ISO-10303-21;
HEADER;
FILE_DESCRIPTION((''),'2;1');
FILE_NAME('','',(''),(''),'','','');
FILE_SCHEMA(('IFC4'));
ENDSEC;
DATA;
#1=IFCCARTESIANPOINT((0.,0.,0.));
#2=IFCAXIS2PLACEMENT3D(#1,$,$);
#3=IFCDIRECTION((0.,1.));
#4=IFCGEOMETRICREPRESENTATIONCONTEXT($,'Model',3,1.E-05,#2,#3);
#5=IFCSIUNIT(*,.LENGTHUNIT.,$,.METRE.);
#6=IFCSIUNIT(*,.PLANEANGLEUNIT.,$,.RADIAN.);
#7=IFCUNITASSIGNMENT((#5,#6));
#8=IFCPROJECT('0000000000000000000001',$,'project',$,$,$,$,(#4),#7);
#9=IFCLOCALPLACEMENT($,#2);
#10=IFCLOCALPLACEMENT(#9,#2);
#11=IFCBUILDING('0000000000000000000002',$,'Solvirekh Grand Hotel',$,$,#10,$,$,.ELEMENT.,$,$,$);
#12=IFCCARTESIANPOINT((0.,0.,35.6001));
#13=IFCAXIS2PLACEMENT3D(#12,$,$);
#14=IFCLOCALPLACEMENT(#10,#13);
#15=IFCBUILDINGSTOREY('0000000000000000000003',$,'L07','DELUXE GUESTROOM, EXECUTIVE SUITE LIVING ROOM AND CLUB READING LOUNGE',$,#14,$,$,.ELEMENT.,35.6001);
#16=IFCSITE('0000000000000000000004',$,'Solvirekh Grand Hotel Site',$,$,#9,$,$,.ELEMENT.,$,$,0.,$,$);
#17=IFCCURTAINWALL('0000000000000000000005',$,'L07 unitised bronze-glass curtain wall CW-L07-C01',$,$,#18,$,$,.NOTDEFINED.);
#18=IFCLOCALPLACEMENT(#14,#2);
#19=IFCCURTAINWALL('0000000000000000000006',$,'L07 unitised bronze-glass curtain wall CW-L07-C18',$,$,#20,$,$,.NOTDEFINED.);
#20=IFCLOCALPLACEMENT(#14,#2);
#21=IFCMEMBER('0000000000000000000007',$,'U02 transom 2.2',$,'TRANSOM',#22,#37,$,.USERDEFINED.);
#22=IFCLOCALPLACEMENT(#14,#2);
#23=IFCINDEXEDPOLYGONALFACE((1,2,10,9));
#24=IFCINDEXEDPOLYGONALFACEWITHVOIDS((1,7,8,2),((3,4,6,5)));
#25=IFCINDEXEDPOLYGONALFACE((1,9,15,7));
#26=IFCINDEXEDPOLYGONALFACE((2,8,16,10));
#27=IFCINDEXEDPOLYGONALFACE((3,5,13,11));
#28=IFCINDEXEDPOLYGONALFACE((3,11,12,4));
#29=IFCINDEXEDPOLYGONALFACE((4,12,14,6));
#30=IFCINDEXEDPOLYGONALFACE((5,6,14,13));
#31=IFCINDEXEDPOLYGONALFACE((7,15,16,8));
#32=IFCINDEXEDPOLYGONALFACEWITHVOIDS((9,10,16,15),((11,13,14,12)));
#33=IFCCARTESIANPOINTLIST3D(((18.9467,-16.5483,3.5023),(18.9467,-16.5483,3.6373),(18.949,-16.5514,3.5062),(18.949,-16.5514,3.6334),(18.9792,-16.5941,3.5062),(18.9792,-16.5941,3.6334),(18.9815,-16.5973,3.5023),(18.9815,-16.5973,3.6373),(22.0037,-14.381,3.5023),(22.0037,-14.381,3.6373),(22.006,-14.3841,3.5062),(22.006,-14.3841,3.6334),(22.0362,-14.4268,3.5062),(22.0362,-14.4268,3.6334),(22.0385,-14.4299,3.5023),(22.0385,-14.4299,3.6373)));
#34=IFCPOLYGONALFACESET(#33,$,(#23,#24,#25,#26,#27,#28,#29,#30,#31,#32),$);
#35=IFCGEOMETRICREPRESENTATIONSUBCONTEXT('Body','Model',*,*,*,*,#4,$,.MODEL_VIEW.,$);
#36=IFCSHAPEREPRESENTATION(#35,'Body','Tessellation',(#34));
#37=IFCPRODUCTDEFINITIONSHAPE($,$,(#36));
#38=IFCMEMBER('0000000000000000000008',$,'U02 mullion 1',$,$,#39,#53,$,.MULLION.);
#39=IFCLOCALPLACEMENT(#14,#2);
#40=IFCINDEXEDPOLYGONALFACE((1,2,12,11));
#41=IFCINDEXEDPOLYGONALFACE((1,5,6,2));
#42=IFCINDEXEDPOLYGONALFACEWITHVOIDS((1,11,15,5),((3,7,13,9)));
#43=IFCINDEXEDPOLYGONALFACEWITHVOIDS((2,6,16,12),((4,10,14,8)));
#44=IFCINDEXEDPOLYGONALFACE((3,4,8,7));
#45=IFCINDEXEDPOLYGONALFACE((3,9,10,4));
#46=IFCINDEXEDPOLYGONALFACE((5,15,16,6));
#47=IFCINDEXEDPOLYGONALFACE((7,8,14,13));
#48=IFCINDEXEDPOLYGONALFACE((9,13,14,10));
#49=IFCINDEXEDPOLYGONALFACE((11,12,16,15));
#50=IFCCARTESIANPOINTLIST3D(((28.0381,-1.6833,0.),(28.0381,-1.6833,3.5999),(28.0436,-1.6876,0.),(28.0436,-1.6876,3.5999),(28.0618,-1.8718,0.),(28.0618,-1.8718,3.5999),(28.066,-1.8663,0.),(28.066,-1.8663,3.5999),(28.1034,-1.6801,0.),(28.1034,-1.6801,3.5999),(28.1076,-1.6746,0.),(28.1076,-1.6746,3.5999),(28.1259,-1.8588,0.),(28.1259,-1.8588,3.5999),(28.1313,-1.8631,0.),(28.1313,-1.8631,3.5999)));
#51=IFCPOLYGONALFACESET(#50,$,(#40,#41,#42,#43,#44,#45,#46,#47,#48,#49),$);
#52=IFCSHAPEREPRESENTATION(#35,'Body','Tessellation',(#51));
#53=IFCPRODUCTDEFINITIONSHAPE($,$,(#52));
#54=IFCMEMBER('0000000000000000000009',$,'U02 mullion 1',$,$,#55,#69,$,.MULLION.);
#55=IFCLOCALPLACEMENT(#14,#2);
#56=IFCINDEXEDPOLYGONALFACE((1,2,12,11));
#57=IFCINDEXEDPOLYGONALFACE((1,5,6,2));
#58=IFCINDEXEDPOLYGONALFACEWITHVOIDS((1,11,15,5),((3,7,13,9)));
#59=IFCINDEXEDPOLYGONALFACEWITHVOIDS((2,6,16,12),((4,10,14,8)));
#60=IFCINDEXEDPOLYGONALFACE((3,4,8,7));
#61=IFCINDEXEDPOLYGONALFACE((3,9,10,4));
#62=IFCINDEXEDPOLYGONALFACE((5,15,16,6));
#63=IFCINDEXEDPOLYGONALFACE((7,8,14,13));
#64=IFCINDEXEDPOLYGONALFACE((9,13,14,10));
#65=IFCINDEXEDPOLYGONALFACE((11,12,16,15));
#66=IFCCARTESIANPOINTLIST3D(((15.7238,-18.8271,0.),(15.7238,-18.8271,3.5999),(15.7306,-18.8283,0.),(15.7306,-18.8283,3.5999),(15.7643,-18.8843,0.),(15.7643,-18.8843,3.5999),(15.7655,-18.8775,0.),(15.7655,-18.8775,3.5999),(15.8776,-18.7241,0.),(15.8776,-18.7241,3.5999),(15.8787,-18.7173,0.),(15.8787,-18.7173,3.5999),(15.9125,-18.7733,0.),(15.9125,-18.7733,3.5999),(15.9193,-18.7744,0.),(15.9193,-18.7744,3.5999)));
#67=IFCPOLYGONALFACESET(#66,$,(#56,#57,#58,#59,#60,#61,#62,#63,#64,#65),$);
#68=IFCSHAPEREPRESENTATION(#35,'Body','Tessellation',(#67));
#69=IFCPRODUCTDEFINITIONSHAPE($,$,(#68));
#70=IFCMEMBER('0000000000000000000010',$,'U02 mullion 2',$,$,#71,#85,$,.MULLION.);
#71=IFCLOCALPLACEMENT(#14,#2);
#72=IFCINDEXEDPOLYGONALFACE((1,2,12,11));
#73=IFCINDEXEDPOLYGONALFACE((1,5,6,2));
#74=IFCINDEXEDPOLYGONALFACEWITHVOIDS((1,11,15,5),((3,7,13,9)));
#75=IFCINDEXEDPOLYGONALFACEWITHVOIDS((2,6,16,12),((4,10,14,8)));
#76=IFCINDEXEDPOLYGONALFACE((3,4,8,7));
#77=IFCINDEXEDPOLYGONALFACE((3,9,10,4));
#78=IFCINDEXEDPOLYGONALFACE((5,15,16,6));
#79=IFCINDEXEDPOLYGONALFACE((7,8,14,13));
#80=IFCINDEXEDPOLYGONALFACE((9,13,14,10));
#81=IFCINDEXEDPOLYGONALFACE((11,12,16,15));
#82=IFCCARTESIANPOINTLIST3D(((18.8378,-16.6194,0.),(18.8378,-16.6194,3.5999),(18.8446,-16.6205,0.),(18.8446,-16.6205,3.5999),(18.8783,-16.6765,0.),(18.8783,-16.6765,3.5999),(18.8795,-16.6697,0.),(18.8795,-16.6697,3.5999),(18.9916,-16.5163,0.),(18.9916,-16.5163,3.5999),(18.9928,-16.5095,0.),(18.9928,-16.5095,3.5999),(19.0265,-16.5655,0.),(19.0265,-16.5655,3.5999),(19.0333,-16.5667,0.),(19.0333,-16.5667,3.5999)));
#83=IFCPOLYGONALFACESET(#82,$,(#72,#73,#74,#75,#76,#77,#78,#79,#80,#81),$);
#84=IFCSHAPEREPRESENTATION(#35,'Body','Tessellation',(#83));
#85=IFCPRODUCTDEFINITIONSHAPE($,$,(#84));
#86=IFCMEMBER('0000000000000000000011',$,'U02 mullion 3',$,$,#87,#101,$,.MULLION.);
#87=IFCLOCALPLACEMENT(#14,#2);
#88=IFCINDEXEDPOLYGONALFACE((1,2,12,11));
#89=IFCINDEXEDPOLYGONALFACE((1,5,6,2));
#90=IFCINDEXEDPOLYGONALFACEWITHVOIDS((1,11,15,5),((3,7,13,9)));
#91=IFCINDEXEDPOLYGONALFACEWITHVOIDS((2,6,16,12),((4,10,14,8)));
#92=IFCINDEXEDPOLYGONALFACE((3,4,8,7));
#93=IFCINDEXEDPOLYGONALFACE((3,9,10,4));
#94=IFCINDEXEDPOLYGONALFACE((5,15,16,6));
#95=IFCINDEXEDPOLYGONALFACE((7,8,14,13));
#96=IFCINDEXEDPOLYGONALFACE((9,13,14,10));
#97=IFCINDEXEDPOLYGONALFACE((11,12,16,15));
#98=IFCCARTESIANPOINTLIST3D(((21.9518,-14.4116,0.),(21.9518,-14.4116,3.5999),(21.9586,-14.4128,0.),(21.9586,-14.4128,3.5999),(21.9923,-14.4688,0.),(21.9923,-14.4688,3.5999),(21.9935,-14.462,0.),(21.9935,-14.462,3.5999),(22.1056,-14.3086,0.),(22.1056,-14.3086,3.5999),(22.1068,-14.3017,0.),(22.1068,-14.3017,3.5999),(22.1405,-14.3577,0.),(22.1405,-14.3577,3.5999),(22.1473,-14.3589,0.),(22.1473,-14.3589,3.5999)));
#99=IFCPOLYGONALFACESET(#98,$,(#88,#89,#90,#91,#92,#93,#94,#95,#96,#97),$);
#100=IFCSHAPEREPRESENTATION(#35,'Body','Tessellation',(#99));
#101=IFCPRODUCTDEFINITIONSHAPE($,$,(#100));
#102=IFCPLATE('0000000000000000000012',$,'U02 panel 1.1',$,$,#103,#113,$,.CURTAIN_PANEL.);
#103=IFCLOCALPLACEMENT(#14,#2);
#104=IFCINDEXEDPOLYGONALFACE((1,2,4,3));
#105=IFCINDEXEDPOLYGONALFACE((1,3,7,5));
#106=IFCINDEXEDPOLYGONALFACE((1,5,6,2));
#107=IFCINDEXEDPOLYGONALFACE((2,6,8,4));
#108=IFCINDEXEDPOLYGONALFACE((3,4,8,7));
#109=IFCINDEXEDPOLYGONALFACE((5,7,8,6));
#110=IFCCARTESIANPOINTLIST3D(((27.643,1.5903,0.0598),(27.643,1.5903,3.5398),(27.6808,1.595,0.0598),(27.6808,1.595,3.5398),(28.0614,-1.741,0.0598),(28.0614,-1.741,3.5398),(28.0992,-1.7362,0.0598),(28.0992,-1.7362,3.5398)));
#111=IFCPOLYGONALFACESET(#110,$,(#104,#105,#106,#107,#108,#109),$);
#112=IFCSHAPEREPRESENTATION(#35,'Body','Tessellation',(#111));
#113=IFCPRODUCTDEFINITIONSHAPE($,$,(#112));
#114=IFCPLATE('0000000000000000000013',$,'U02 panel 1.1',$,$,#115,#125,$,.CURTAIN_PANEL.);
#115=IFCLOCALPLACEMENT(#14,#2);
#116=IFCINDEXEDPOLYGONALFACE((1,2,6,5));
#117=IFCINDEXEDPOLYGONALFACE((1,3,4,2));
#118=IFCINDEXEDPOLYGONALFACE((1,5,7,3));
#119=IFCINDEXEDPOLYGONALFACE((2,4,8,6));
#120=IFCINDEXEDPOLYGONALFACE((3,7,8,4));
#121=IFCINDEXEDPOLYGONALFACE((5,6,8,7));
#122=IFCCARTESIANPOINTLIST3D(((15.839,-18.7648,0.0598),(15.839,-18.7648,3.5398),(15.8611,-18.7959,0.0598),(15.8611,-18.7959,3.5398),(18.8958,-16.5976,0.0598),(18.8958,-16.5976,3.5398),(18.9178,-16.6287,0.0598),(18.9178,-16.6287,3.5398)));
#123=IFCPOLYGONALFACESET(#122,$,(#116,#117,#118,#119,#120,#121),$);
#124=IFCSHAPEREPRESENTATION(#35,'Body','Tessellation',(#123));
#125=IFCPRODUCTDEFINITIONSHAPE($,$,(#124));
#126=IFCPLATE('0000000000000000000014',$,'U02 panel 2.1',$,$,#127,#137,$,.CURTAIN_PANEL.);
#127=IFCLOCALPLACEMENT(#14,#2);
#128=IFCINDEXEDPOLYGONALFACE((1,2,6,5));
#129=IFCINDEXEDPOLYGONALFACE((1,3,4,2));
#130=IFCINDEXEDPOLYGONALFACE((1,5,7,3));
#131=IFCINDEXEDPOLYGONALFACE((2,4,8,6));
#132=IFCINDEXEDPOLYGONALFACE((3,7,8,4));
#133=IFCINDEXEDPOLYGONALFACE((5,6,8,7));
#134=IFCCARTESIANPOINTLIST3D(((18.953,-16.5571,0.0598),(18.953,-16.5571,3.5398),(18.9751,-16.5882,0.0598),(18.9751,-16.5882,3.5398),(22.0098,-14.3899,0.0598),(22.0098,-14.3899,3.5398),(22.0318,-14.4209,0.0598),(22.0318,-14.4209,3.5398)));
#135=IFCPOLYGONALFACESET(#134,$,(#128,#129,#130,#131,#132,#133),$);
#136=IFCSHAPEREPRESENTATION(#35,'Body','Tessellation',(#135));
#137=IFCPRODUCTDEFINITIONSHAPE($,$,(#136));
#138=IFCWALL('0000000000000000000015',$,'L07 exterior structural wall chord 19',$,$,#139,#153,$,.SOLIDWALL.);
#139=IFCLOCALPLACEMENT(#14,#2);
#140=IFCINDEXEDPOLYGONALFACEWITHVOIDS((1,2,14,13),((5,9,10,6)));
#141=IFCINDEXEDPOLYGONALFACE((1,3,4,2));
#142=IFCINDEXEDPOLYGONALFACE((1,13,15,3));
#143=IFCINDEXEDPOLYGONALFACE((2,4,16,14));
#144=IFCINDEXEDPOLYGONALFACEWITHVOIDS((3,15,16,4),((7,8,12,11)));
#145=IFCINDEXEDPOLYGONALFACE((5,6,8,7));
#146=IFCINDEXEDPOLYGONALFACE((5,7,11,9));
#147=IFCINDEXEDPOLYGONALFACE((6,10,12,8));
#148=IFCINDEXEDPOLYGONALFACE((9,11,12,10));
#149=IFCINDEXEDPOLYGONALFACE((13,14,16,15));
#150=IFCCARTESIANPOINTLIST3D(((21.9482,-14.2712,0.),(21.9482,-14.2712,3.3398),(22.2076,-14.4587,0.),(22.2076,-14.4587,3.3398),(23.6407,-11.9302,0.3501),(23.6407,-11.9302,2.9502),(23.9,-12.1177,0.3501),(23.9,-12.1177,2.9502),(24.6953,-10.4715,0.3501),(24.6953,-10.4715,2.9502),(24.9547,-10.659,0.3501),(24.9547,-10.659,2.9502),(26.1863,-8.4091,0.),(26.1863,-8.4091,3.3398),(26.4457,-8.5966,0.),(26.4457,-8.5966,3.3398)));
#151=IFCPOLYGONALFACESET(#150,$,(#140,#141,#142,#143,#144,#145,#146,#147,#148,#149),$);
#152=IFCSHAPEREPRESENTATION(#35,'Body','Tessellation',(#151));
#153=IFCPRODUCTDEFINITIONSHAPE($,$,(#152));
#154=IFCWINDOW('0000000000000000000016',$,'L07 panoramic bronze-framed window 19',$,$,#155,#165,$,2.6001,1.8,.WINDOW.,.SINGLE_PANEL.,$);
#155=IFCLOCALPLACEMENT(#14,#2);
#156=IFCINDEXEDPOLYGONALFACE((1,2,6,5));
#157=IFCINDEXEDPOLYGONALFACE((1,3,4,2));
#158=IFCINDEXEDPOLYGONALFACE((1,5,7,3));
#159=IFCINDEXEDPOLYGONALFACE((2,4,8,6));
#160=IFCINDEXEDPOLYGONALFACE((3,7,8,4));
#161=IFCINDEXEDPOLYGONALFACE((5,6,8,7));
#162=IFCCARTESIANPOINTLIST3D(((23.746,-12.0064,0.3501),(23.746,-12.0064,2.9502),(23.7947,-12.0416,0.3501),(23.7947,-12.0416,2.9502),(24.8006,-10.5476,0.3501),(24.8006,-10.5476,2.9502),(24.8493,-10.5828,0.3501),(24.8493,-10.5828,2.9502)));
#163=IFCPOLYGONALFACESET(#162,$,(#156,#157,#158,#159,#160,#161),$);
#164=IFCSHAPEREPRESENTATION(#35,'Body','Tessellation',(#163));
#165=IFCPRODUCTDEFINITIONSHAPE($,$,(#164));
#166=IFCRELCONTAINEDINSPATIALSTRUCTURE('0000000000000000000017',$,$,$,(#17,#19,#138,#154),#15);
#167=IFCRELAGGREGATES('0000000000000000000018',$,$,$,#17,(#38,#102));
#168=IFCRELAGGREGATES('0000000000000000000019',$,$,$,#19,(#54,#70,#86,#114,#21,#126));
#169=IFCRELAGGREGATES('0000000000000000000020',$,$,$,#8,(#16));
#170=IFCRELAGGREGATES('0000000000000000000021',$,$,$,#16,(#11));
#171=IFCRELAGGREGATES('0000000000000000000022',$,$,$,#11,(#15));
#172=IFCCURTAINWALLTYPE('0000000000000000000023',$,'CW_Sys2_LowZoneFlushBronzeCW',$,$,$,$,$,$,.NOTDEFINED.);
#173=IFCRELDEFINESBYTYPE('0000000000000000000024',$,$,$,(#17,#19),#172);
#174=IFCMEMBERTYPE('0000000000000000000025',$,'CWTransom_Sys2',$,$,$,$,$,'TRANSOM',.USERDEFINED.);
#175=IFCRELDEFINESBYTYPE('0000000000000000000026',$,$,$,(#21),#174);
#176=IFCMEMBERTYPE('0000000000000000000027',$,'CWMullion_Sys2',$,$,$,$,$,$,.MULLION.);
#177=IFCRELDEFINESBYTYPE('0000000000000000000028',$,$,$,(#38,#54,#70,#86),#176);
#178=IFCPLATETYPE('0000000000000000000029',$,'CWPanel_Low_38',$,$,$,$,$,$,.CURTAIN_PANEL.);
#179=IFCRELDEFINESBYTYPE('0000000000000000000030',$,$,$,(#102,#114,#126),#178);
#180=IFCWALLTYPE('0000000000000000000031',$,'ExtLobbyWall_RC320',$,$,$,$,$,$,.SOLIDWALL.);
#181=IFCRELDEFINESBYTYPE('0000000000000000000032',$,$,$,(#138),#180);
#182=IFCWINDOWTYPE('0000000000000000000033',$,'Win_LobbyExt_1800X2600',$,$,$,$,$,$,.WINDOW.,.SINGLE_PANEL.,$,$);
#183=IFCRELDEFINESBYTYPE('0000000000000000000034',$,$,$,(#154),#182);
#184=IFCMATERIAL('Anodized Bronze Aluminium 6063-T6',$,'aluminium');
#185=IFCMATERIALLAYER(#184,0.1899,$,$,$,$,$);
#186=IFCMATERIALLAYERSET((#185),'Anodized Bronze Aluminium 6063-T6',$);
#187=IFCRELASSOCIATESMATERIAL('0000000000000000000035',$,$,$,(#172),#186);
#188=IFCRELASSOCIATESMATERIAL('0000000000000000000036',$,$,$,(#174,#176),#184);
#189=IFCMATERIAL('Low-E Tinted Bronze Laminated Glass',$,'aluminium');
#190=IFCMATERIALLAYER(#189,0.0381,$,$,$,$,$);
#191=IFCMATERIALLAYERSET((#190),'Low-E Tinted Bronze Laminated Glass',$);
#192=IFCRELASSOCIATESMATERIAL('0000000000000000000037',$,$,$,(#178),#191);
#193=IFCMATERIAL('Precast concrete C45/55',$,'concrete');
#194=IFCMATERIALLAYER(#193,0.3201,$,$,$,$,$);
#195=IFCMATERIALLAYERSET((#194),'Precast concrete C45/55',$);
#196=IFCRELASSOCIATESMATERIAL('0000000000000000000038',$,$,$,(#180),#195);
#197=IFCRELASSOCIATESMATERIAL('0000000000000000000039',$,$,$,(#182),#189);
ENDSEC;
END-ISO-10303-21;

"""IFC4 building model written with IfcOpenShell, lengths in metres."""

from ifc_helpers import new_model, si_unit, direction, frame, frame_2d, origin, origin_2d, place, context, subcontext, project, spatial, rectangle, hollow_rectangle, extrude, source, transform, mapped, material, layer, layer_set, material_profile, profile_set, type_object, element, fill, aggregate, save


model = new_model("IFC4")

# Units and contexts
model_context = context("Model", 3, precision=1e-05, world=origin(), true_north=direction((0.0, 1.0)))
body_context = subcontext(model_context, "Body", "Model", "MODEL_VIEW")
ifc_project = project(units=[si_unit("LENGTHUNIT", "METRE"), si_unit("PLANEANGLEUNIT", "RADIAN")], contexts=[model_context])

# Site, building, storey
site_placement = place(None, origin())
site = spatial("IfcSite", under=ifc_project, at=site_placement, Name="Solvirekh Grand Hotel Site", CompositionType="ELEMENT", RefElevation=0.0)
building_placement = place(site_placement, origin())
building = spatial("IfcBuilding", under=site, at=building_placement, Name="Solvirekh Grand Hotel", CompositionType="ELEMENT")
storey_placement = place(building_placement, frame((0.0, 0.0, 35.6001)))
storey = spatial("IfcBuildingStorey", under=building, at=storey_placement, Name="L07", Description="DELUXE GUESTROOM, EXECUTIVE SUITE LIVING ROOM AND CLUB READING LOUNGE", CompositionType="ELEMENT", Elevation=35.6001)

# Curtain walls, member
ifc_material_1 = material(Name="Anodized Bronze Aluminium 6063-T6", Category="aluminium")
ifc_layer_1 = layer(ifc_material_1, 0.1899)
ifc_layer_set_1 = layer_set([ifc_layer_1], Name="Anodized Bronze Aluminium 6063-T6")
curtain_wall_type = type_object("IfcCurtainWallType", Name="CW_Sys2_LowZoneFlushBronzeCW", PredefinedType="NOTDEFINED", material=ifc_layer_set_1)
curtain_wall_1_placement = place(storey_placement, origin())
curtain_wall_1 = element("IfcCurtainWall", 1, at=curtain_wall_1_placement, inside=storey, type_object=curtain_wall_type, Name="L07 unitised bronze-glass curtain wall CW-L07-C01", PredefinedType="NOTDEFINED")
ifc_material_profile_1 = material_profile(ifc_material_1, hollow_rectangle(XDim=0.0601, YDim=0.135, WallThickness=0.0039, at=origin_2d()), Name="ALU RHS 135X60X4")
ifc_profile_set_1 = profile_set([ifc_material_profile_1], Name="Anodized Bronze Aluminium 6063-T6")
member_type_1 = type_object("IfcMemberType", Name="CWTransom_Sys2", ElementType="TRANSOM", PredefinedType="USERDEFINED", material=ifc_profile_set_1)
curtain_wall_2_placement = place(storey_placement, origin())
curtain_wall_2 = element("IfcCurtainWall", 2, at=curtain_wall_2_placement, inside=storey, type_object=curtain_wall_type, Name="L07 unitised bronze-glass curtain wall CW-L07-C18", PredefinedType="NOTDEFINED")
shared_shape_1 = source(origin(), body_context, "Body", "SweptSolid", [
    extrude(hollow_rectangle(XDim=0.0601, YDim=0.135, WallThickness=0.0039, at=origin_2d()), origin(), (0.0, 0.0, 1.0), 3.7473),
])
member_1_placement = place(storey_placement, frame((18.9641, -16.5728, 3.5698), z_axis=(0.81578, 0.578363, 0.0), x_axis=(-0.578363, 0.81578, 0.0)))
member_1 = element("IfcMember", 3, at=member_1_placement, type_object=member_type_1, Name="U02 transom 2.2", ObjectType="TRANSOM", PredefinedType="USERDEFINED", context=body_context, shape_type="MappedRepresentation", body=[
    mapped(shared_shape_1, transform((0.0, 0.0, 0.0), x_axis=(1.0, 0.0, 0.0), y_axis=(0.0, 1.0, 0.0), z_axis=(0.0, 0.0, 1.0), scale=1.0)),
])

# Members
ifc_material_profile_2 = material_profile(ifc_material_1, hollow_rectangle(XDim=0.0701, YDim=0.1899, WallThickness=0.0049, at=origin_2d()), Name="ALU RHS 190X70X5")
ifc_profile_set_2 = profile_set([ifc_material_profile_2], Name="Anodized Bronze Aluminium 6063-T6")
member_type_2 = type_object("IfcMemberType", Name="CWMullion_Sys2", PredefinedType="MULLION", material=ifc_profile_set_2)
shared_shape_2 = source(origin(), body_context, "Body", "SweptSolid", [
    extrude(hollow_rectangle(XDim=0.0701, YDim=0.1899, WallThickness=0.0049, at=origin_2d()), origin(), (0.0, 0.0, 1.0), 3.5999),
])
member_2_placement = place(storey_placement, frame((28.0847, -1.7732, 0.0), z_axis=(0.0, 0.0, 1.0), x_axis=(-0.992204, -0.124621, 0.0)))
member_2 = element("IfcMember", 4, at=member_2_placement, type_object=member_type_2, Name="U02 mullion 1", PredefinedType="MULLION", context=body_context, shape_type="MappedRepresentation", body=[
    mapped(shared_shape_2, transform((0.0, 0.0, 0.0), x_axis=(1.0, 0.0, 0.0), y_axis=(0.0, 1.0, 0.0), z_axis=(0.0, 0.0, 1.0), scale=1.0)),
])
member_3_placement = place(storey_placement, frame((15.8215, -18.8008, 0.0), z_axis=(0.0, 0.0, 1.0), x_axis=(-0.578374, 0.815772, 0.0)))
member_3 = element("IfcMember", 5, at=member_3_placement, type_object=member_type_2, Name="U02 mullion 1", PredefinedType="MULLION", context=body_context, shape_type="MappedRepresentation", body=[
    mapped(shared_shape_2, transform((0.0, 0.0, 0.0), x_axis=(1.0, 0.0, 0.0), y_axis=(0.0, 1.0, 0.0), z_axis=(0.0, 0.0, 1.0), scale=1.0)),
])
member_4_placement = place(storey_placement, frame((18.9355, -16.593, 0.0), z_axis=(0.0, 0.0, 1.0), x_axis=(-0.578374, 0.815772, 0.0)))
member_4 = element("IfcMember", 6, at=member_4_placement, type_object=member_type_2, Name="U02 mullion 2", PredefinedType="MULLION", context=body_context, shape_type="MappedRepresentation", body=[
    mapped(shared_shape_2, transform((0.0, 0.0, 0.0), x_axis=(1.0, 0.0, 0.0), y_axis=(0.0, 1.0, 0.0), z_axis=(0.0, 0.0, 1.0), scale=1.0)),
])
member_5_placement = place(storey_placement, frame((22.0496, -14.3853, 0.0), z_axis=(0.0, 0.0, 1.0), x_axis=(-0.578374, 0.815772, 0.0)))
member_5 = element("IfcMember", 7, at=member_5_placement, type_object=member_type_2, Name="U02 mullion 3", PredefinedType="MULLION", context=body_context, shape_type="MappedRepresentation", body=[
    mapped(shared_shape_2, transform((0.0, 0.0, 0.0), x_axis=(1.0, 0.0, 0.0), y_axis=(0.0, 1.0, 0.0), z_axis=(0.0, 0.0, 1.0), scale=1.0)),
])

# Plates
ifc_material_2 = material(Name="Low-E Tinted Bronze Laminated Glass", Category="aluminium")
ifc_layer_2 = layer(ifc_material_2, 0.0381)
ifc_layer_set_2 = layer_set([ifc_layer_2], Name="Low-E Tinted Bronze Laminated Glass")
plate_type = type_object("IfcPlateType", Name="CWPanel_Low_38", PredefinedType="CURTAIN_PANEL", material=ifc_layer_set_2)
shared_shape_3 = source(origin(), body_context, "Body", "SweptSolid", [
    extrude(rectangle(XDim=3.3574, YDim=0.0381, at=origin_2d()), origin(), (0.0, 0.0, 1.0), 3.48),
])
plate_1_placement = place(storey_placement, frame((27.8711, -0.073, 0.0598), z_axis=(0.0, 0.0, 1.0), x_axis=(-0.124621, 0.992204, 0.0)))
plate_1 = element("IfcPlate", 8, at=plate_1_placement, type_object=plate_type, Name="U02 panel 1.1", PredefinedType="CURTAIN_PANEL", context=body_context, shape_type="MappedRepresentation", body=[
    mapped(shared_shape_3, transform((0.0, 0.0, 0.0), x_axis=(1.0, 0.0, 0.0), y_axis=(0.0, 1.0, 0.0), z_axis=(0.0, 0.0, 1.0), scale=1.0)),
])
aggregate(curtain_wall_1, [member_2, plate_1])
shared_shape_4 = source(origin(), body_context, "Body", "SweptSolid", [
    extrude(rectangle(XDim=3.7471, YDim=0.0381, at=origin_2d()), origin(), (0.0, 0.0, 1.0), 3.48),
])
plate_2_placement = place(storey_placement, frame((17.3784, -17.6968, 0.0598), z_axis=(0.0, 0.0, 1.0), x_axis=(0.815772, 0.578374, 0.0)))
plate_2 = element("IfcPlate", 9, at=plate_2_placement, type_object=plate_type, Name="U02 panel 1.1", PredefinedType="CURTAIN_PANEL", context=body_context, shape_type="MappedRepresentation", body=[
    mapped(shared_shape_4, transform((0.0, 0.0, 0.0), x_axis=(1.0, 0.0, 0.0), y_axis=(0.0, 1.0, 0.0), z_axis=(0.0, 0.0, 1.0), scale=1.0)),
])
plate_3_placement = place(storey_placement, frame((20.4924, -15.489, 0.0598), z_axis=(0.0, 0.0, 1.0), x_axis=(0.815772, 0.578374, 0.0)))
plate_3 = element("IfcPlate", 10, at=plate_3_placement, type_object=plate_type, Name="U02 panel 2.1", PredefinedType="CURTAIN_PANEL", context=body_context, shape_type="MappedRepresentation", body=[
    mapped(shared_shape_4, transform((0.0, 0.0, 0.0), x_axis=(1.0, 0.0, 0.0), y_axis=(0.0, 1.0, 0.0), z_axis=(0.0, 0.0, 1.0), scale=1.0)),
])
aggregate(curtain_wall_2, [member_3, member_4, member_5, plate_2, member_1, plate_3])

# Wall, opening, window
ifc_material_3 = material(Name="Precast concrete C45/55", Category="concrete")
ifc_layer_3 = layer(ifc_material_3, 0.3201)
ifc_layer_set_3 = layer_set([ifc_layer_3], Name="Precast concrete C45/55")
wall_type_1 = type_object("IfcWallType", Name="ExtLobbyWall_RC320", PredefinedType="SOLIDWALL", material=ifc_layer_set_3)
wall_1_placement = place(storey_placement, frame((26.3159, -8.5029, 0.0), z_axis=(0.0, 0.0, 1.0), x_axis=(-0.585884, -0.810395, 0.0)))
wall_1 = element("IfcWall", 11, at=wall_1_placement, inside=storey, type_object=wall_type_1, Name="L07 exterior structural wall chord 19", PredefinedType="SOLIDWALL", context=body_context, shape_type="SweptSolid", body=[
    extrude(rectangle(XDim=7.2336, YDim=0.3201, at=frame_2d((3.6167, 0.0))), origin(), (0.0, 0.0, 1.0), 3.3398),
])
opening_1_placement = place(wall_1_placement, frame((2.5449, 0.0, 0.3501)))
opening_1 = element("IfcOpeningElement", 12, at=opening_1_placement, cuts=wall_1, PredefinedType="OPENING", context=body_context, shape_type="SweptSolid", body=[
    extrude(rectangle(XDim=1.8, YDim=2.6001, at=frame_2d((0.8999, 1.3))), frame((0.0, 0.1699, 0.0), z_axis=(0.0, -1.0, 0.0), x_axis=(1.0, 0.0, 0.0)), (0.0, 0.0, 1.0), 0.3401),
])
window_type = type_object("IfcWindowType", Name="Win_LobbyExt_1800X2600", PartitioningType="SINGLE_PANEL", PredefinedType="WINDOW", material=ifc_material_2)
window_1_placement = place(opening_1_placement, origin())
window_1 = element("IfcWindow", 13, at=window_1_placement, inside=storey, type_object=window_type, Name="L07 panoramic bronze-framed window 19", OverallHeight=2.6001, OverallWidth=1.8, PartitioningType="SINGLE_PANEL", PredefinedType="WINDOW", context=body_context, shape_type="SweptSolid", body=[
    extrude(rectangle(XDim=1.8, YDim=2.6001, at=frame_2d((0.8999, 1.3))), frame((0.0, 0.03, 0.0), z_axis=(0.0, -1.0, 0.0), x_axis=(1.0, 0.0, 0.0)), (0.0, 0.0, 1.0), 0.0601),
])
fill(opening_1, window_1)

save(model, "model.ifc")
